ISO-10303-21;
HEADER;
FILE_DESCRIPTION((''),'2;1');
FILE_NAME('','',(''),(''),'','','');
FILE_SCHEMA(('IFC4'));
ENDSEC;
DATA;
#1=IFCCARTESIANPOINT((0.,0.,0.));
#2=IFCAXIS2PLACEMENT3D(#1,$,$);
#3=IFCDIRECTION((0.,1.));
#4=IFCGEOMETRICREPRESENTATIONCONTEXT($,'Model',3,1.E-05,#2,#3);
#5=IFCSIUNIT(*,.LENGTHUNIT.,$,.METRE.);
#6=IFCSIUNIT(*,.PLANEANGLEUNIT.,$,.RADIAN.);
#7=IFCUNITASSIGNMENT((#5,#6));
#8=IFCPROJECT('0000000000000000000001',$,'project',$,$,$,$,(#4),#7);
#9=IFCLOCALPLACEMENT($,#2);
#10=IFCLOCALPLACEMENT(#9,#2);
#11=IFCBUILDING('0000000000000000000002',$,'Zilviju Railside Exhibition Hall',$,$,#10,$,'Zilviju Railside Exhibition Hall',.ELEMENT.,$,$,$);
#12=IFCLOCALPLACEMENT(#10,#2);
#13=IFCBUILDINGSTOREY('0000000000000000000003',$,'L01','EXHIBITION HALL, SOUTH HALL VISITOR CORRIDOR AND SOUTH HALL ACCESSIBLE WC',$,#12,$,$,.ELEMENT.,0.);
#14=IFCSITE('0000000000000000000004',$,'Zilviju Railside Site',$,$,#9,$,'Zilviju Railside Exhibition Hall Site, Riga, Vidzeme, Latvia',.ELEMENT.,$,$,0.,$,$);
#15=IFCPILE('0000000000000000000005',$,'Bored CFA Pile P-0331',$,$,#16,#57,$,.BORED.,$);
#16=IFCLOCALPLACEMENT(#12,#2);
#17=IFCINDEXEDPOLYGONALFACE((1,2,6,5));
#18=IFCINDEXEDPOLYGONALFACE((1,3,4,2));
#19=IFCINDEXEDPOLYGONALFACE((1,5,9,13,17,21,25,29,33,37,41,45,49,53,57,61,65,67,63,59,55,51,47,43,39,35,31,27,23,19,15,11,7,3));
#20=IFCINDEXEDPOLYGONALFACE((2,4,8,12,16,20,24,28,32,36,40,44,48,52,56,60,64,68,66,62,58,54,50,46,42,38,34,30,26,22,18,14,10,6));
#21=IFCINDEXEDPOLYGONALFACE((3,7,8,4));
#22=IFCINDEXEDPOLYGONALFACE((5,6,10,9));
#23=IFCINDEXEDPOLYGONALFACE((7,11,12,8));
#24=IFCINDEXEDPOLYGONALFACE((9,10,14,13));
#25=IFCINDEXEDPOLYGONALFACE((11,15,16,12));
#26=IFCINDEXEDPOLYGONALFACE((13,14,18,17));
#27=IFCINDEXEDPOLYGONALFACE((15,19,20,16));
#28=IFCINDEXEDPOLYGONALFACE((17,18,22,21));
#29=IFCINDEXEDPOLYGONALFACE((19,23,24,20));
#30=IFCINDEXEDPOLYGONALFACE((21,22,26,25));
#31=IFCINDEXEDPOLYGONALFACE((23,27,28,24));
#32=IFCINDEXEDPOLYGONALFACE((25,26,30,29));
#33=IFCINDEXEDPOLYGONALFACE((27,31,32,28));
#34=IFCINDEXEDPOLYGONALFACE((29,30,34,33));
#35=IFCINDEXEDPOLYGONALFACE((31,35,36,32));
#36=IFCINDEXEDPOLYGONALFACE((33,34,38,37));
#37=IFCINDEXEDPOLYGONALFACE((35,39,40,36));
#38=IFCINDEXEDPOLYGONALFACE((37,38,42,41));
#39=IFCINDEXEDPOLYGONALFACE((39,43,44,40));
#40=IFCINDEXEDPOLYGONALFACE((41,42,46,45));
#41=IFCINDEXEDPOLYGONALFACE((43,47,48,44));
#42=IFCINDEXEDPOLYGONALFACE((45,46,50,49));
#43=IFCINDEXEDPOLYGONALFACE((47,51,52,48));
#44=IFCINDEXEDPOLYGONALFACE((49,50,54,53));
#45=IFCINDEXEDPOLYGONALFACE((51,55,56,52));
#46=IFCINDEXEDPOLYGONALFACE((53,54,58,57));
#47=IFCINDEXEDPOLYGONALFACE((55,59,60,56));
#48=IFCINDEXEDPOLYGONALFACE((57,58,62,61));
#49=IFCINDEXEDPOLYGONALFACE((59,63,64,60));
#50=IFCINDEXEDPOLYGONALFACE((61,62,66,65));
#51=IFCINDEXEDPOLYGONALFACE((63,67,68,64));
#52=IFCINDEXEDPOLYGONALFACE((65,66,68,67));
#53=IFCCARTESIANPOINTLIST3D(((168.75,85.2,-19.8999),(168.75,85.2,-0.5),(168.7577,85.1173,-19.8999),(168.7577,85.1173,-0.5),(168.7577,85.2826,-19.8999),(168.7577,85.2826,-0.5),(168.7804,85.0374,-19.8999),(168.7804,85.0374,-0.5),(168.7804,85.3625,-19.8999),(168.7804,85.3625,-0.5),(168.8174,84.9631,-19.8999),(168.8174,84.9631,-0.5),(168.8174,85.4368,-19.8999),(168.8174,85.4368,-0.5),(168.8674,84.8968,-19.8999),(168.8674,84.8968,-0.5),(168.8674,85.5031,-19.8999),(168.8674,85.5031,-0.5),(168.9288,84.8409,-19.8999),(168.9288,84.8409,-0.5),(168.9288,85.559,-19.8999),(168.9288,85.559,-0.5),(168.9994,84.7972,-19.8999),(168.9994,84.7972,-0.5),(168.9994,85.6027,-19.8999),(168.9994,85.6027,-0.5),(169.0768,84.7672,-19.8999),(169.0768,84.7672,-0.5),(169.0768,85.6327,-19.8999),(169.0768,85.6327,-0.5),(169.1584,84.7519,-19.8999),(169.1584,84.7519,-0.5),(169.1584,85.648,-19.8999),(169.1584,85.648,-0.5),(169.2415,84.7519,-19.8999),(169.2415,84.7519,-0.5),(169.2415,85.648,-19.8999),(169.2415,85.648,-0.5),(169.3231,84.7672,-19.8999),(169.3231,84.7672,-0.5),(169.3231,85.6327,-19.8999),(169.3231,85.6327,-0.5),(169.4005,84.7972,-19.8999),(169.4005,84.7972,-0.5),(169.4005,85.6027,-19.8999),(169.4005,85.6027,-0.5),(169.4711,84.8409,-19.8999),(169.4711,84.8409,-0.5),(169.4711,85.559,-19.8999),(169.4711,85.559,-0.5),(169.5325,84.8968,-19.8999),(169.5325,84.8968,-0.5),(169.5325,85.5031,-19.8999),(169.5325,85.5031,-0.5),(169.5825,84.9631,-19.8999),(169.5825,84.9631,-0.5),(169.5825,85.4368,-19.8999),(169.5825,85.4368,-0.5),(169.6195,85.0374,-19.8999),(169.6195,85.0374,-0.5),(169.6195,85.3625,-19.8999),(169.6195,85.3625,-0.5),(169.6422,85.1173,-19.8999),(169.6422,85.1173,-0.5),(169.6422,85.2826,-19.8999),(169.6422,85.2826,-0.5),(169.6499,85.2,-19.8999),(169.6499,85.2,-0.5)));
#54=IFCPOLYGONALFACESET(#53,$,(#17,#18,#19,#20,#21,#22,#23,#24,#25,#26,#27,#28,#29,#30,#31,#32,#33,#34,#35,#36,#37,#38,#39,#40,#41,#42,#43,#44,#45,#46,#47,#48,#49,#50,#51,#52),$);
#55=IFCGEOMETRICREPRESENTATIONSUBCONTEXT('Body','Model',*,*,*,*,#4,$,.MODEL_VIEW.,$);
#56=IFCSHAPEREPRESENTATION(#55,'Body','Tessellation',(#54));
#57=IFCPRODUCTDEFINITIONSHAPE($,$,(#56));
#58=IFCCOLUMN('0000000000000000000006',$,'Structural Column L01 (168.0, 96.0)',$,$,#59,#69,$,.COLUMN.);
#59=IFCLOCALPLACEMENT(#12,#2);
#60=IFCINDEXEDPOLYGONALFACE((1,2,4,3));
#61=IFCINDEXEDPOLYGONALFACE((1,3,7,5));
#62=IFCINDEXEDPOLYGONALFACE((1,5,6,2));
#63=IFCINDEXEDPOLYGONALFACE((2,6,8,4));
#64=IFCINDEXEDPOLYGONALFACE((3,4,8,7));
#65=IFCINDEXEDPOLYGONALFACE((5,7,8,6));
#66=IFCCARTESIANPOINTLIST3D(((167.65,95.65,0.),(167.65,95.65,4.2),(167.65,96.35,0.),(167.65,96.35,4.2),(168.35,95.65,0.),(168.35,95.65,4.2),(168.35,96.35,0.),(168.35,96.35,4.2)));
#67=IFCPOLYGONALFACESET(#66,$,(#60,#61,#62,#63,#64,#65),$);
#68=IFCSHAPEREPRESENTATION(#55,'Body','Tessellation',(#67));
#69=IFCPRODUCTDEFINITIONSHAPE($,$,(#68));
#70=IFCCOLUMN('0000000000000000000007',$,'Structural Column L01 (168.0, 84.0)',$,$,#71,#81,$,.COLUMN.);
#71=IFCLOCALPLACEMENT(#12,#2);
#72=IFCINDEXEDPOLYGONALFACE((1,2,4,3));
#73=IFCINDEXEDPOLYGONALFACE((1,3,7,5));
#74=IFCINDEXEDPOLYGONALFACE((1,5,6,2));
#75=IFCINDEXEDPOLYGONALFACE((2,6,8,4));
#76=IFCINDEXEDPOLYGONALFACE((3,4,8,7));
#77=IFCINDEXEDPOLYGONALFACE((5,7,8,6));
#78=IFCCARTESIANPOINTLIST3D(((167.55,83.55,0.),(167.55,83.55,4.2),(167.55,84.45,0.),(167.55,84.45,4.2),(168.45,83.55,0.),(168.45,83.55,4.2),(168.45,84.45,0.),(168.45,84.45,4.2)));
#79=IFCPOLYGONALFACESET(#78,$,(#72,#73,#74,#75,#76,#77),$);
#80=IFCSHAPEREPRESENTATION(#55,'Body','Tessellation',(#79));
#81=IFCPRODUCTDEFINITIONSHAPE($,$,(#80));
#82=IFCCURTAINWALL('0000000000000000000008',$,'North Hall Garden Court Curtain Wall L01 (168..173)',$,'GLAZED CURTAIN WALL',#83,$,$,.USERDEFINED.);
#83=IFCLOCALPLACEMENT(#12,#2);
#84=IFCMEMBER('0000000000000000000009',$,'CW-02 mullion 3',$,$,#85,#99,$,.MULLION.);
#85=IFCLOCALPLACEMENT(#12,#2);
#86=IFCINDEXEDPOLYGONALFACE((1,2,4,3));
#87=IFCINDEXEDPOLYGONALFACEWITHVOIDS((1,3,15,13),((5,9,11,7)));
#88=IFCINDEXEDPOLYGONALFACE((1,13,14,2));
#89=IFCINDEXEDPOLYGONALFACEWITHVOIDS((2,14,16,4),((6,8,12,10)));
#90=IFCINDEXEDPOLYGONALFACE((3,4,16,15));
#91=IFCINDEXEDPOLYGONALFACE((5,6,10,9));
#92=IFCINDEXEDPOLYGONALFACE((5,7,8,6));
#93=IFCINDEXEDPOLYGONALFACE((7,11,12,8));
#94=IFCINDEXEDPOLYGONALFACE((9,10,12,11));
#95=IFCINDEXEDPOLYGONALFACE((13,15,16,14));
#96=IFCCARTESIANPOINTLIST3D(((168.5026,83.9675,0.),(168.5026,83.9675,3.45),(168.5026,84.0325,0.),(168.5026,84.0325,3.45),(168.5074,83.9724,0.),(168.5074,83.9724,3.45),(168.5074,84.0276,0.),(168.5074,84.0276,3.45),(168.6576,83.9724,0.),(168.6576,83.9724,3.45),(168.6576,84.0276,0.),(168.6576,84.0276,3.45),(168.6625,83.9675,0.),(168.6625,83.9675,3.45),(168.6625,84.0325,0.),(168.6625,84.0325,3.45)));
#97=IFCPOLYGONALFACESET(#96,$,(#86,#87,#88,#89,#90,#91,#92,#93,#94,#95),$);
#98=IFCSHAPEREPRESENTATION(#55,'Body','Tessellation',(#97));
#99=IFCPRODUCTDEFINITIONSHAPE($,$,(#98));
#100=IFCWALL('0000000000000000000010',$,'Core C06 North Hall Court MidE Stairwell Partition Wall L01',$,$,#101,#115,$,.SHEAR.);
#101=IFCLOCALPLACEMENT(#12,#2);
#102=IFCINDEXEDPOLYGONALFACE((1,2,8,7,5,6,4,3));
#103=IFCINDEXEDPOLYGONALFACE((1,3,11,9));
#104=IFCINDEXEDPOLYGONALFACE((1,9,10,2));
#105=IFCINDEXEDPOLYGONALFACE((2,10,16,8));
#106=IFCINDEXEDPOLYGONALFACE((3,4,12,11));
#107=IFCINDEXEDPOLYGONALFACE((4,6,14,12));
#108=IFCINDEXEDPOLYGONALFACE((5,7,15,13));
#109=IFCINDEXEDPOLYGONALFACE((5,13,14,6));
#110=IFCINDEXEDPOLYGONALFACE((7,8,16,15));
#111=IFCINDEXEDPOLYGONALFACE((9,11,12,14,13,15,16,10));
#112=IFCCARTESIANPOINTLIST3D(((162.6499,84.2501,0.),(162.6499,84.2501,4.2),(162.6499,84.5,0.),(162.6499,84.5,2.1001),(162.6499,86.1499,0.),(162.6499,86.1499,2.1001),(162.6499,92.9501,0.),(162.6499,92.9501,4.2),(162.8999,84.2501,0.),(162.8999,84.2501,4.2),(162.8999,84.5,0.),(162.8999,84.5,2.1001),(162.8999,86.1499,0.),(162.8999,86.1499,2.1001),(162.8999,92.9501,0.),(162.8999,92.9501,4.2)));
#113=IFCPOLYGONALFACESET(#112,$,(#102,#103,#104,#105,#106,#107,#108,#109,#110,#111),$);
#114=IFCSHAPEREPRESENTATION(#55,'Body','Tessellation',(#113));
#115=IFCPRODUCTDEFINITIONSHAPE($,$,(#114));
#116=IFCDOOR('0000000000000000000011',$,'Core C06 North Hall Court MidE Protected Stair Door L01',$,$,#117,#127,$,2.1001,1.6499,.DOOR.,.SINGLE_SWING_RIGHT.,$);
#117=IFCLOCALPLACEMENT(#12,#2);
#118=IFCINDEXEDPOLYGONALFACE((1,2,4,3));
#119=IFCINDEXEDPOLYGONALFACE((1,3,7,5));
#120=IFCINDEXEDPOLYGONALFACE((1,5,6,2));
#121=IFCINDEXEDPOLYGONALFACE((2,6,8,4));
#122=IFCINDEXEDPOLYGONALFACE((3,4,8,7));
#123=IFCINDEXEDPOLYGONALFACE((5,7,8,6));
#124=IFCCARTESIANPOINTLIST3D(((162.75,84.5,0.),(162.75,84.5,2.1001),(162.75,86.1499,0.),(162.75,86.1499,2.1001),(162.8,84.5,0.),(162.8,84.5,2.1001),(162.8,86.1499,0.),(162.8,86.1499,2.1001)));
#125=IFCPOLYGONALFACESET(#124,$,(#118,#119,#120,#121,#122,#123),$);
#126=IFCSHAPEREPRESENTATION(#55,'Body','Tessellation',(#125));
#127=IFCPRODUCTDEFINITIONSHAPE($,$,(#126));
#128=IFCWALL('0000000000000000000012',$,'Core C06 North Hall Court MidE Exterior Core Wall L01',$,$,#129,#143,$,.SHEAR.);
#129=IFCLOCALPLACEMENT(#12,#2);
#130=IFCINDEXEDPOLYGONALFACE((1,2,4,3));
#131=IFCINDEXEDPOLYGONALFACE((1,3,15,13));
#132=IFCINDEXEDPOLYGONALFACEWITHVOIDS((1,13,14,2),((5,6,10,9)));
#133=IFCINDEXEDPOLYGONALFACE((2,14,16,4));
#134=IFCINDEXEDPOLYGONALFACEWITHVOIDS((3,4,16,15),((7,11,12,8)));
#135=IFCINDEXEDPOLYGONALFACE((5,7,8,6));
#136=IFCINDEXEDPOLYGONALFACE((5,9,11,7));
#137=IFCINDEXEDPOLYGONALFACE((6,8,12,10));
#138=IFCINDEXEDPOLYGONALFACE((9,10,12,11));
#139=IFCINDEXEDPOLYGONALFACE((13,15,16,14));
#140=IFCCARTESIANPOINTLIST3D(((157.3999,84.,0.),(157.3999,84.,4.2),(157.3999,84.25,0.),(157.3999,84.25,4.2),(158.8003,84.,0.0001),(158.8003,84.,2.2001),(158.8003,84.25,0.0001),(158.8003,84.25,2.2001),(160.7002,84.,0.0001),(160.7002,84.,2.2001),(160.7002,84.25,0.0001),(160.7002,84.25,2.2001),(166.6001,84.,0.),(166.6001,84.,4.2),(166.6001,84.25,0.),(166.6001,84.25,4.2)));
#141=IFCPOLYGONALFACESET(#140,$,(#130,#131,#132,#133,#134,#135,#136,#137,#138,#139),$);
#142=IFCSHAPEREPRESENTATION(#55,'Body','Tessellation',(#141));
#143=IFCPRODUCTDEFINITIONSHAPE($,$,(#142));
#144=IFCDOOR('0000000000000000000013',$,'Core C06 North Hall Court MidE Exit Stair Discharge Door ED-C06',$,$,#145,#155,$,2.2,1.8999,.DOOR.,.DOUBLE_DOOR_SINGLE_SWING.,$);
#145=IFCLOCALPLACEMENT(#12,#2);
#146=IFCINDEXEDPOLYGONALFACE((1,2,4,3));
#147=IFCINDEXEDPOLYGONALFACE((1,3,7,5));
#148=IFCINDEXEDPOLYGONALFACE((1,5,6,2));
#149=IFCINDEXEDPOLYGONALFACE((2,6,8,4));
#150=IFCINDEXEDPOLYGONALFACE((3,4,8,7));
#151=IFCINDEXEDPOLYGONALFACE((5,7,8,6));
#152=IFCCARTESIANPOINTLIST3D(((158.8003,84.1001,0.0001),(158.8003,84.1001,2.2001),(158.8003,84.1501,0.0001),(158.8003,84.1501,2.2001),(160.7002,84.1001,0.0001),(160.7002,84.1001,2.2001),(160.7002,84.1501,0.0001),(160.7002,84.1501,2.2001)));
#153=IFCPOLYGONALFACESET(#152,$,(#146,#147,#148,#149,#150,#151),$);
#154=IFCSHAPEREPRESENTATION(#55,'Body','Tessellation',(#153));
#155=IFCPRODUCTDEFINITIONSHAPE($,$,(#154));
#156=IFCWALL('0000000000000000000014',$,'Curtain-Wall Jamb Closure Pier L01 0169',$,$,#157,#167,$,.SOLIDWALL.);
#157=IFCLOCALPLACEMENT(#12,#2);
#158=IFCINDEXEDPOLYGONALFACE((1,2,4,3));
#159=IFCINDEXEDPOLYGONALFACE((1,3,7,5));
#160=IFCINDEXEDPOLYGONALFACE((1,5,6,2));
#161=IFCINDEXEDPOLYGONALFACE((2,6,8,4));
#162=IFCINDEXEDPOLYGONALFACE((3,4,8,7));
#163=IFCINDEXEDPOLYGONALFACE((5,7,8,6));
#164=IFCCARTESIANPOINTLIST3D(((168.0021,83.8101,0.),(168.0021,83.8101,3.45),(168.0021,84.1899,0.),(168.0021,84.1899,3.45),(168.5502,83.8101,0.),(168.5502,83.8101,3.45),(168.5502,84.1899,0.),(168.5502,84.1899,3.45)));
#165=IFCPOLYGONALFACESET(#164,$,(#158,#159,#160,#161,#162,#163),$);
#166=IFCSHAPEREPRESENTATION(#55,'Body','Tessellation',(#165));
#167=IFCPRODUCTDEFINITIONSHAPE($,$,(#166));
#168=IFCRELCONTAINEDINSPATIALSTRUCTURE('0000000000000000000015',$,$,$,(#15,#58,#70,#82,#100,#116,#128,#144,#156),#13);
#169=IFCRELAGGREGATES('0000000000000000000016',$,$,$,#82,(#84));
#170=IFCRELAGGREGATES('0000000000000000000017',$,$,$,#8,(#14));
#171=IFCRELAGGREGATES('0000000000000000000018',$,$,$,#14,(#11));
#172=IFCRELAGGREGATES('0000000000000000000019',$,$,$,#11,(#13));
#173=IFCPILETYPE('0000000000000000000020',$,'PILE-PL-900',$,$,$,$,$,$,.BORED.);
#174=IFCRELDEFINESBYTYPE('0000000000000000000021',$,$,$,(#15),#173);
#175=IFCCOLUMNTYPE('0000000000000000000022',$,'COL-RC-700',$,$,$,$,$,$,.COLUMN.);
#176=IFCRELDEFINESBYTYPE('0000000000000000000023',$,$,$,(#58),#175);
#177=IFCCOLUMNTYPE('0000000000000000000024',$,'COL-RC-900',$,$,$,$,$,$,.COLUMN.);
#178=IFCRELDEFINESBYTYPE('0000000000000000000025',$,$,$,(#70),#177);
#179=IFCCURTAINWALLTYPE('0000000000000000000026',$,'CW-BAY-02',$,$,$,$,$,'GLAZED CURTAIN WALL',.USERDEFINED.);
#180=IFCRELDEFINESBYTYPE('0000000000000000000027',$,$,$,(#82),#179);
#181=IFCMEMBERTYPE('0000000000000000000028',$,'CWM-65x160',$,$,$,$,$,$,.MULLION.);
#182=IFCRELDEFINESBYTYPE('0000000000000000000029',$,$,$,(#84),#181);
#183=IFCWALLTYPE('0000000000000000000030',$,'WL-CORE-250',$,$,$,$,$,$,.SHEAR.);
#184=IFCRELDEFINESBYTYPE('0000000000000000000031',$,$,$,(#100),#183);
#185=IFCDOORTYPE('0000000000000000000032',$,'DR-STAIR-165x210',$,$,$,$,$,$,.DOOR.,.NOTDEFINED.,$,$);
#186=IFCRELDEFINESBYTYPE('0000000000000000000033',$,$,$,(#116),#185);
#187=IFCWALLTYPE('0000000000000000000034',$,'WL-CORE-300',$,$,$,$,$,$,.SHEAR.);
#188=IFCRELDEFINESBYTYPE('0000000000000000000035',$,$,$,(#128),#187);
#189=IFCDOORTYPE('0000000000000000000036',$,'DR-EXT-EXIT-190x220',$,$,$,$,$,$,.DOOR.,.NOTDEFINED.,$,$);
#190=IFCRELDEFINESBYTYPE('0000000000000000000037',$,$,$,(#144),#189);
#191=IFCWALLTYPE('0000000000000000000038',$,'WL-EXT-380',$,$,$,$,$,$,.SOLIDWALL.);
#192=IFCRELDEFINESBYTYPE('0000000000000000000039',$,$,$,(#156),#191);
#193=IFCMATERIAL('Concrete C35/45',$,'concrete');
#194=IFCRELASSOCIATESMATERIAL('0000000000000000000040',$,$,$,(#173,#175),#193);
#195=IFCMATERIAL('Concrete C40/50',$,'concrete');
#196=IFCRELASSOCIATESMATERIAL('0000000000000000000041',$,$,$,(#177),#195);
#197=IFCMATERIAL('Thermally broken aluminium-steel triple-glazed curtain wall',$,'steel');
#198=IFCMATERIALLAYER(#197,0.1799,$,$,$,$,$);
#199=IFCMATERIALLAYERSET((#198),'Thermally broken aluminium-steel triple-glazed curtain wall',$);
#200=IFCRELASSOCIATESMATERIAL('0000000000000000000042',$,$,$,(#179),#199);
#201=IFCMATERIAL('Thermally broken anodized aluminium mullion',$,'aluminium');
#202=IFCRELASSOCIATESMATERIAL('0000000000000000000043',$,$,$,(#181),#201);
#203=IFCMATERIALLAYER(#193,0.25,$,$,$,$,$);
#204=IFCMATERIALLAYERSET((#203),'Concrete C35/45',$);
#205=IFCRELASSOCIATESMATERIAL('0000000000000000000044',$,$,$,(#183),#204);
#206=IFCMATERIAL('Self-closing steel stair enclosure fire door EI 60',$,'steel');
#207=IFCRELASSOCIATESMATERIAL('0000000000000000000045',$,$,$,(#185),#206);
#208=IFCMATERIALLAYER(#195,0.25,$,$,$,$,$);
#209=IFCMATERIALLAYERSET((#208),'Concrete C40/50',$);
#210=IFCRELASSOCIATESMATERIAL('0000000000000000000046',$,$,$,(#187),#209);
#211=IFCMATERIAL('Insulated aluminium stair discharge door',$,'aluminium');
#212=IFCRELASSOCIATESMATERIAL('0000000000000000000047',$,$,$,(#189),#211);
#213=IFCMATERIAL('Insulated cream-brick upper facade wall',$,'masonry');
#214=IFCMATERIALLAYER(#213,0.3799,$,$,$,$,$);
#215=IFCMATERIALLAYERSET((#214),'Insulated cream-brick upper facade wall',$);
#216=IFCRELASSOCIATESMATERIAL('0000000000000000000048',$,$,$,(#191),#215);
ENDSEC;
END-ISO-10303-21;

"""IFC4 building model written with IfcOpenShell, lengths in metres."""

from ifc_helpers import new_model, si_unit, direction, frame, frame_2d, origin, origin_2d, place, context, subcontext, project, spatial, rectangle, hollow_rectangle, circle, extrude, material, layer, layer_set, material_profile, profile_set, type_object, element, fill, aggregate, save


model = new_model("IFC4")

# Units and contexts
model_context = context("Model", 3, precision=1e-05, world=origin(), true_north=direction((0.0, 1.0)))
body_context = subcontext(model_context, "Body", "Model", "MODEL_VIEW")
ifc_project = project(units=[si_unit("LENGTHUNIT", "METRE"), si_unit("PLANEANGLEUNIT", "RADIAN")], contexts=[model_context])

# Site, building, storey
site_placement = place(None, origin())
site = spatial("IfcSite", under=ifc_project, at=site_placement, Name="Zilviju Railside Site", LongName="Zilviju Railside Exhibition Hall Site, Riga, Vidzeme, Latvia", CompositionType="ELEMENT", RefElevation=0.0)
building_placement = place(site_placement, origin())
building = spatial("IfcBuilding", under=site, at=building_placement, Name="Zilviju Railside Exhibition Hall", LongName="Zilviju Railside Exhibition Hall", CompositionType="ELEMENT")
storey_placement = place(building_placement, origin())
storey = spatial("IfcBuildingStorey", under=building, at=storey_placement, Name="L01", Description="EXHIBITION HALL, SOUTH HALL VISITOR CORRIDOR AND SOUTH HALL ACCESSIBLE WC", CompositionType="ELEMENT", Elevation=0.0)

# Shared definitions
ifc_material_1 = material(Name="Concrete C35/45", Category="concrete")

# Pile
ifc_material_profile_1 = material_profile(ifc_material_1, circle(Radius=0.45, at=origin_2d()), Name="CFA PILE D900")
ifc_profile_set_1 = profile_set([ifc_material_profile_1], Name="Concrete C35/45")
pile_type_1 = type_object("IfcPileType", Name="PILE-PL-900", PredefinedType="BORED", material=ifc_profile_set_1)
for number, where, z_axis, x_axis, name in (
    (1, (169.2, 85.2, -0.5), (0.0, 0.0, -1.0), (1.0, 0.0, 0.0), "Bored CFA Pile P-0331"),
):
    element("IfcPile", number, at=place(storey_placement, frame(where, z_axis=z_axis, x_axis=x_axis)), inside=storey, type_object=pile_type_1, Name=name, PredefinedType="BORED", context=body_context, shape_type="SweptSolid", body=[
        extrude(circle(Radius=0.45, at=origin_2d()), origin(), (0.0, 0.0, 1.0), 19.3999),
    ])

# Columns
ifc_material_profile_2 = material_profile(ifc_material_1, rectangle(XDim=0.7, YDim=0.7, at=origin_2d()), Name="RC COL 700x700")
ifc_profile_set_2 = profile_set([ifc_material_profile_2], Name="Concrete C35/45")
column_type_1 = type_object("IfcColumnType", Name="COL-RC-700", PredefinedType="COLUMN", material=ifc_profile_set_2)
column_1_placement = place(storey_placement, frame((168.0, 96.0, 0.0), z_axis=(0.0, 0.0, 1.0), x_axis=(1.0, 0.0, 0.0)))
element("IfcColumn", 2, at=column_1_placement, inside=storey, type_object=column_type_1, Name="Structural Column L01 (168.0, 96.0)", PredefinedType="COLUMN", context=body_context, shape_type="SweptSolid", body=[
    extrude(rectangle(XDim=0.7, YDim=0.7, at=origin_2d()), origin(), (0.0, 0.0, 1.0), 4.2),
])
ifc_material_2 = material(Name="Concrete C40/50", Category="concrete")
ifc_material_profile_3 = material_profile(ifc_material_2, rectangle(XDim=0.8999, YDim=0.8999, at=origin_2d()), Name="RC COL 900x900")
ifc_profile_set_3 = profile_set([ifc_material_profile_3], Name="Concrete C40/50")
column_type_2 = type_object("IfcColumnType", Name="COL-RC-900", PredefinedType="COLUMN", material=ifc_profile_set_3)
column_2_placement = place(storey_placement, frame((168.0, 84.0, 0.0), z_axis=(0.0, 0.0, 1.0), x_axis=(1.0, 0.0, 0.0)))
element("IfcColumn", 3, at=column_2_placement, inside=storey, type_object=column_type_2, Name="Structural Column L01 (168.0, 84.0)", PredefinedType="COLUMN", context=body_context, shape_type="SweptSolid", body=[
    extrude(rectangle(XDim=0.8999, YDim=0.8999, at=origin_2d()), origin(), (0.0, 0.0, 1.0), 4.2),
])

# Curtain wall, member
ifc_material_3 = material(Name="Thermally broken aluminium-steel triple-glazed curtain wall", Category="steel")
ifc_layer_1 = layer(ifc_material_3, 0.1799)
ifc_layer_set_1 = layer_set([ifc_layer_1], Name="Thermally broken aluminium-steel triple-glazed curtain wall")
curtain_wall_type = type_object("IfcCurtainWallType", Name="CW-BAY-02", ElementType="GLAZED CURTAIN WALL", PredefinedType="USERDEFINED", material=ifc_layer_set_1)
curtain_wall_placement = place(storey_placement, origin())
curtain_wall = element("IfcCurtainWall", 4, at=curtain_wall_placement, inside=storey, type_object=curtain_wall_type, Name="North Hall Garden Court Curtain Wall L01 (168..173)", ObjectType="GLAZED CURTAIN WALL", PredefinedType="USERDEFINED")
ifc_material_4 = material(Name="Thermally broken anodized aluminium mullion", Category="aluminium")
ifc_material_profile_4 = material_profile(ifc_material_4, hollow_rectangle(XDim=0.0649, YDim=0.1599, WallThickness=0.0049, at=origin_2d()), Name="MULLION 160x65x5")
ifc_profile_set_4 = profile_set([ifc_material_profile_4], Name="Thermally broken anodized aluminium mullion")
member_type = type_object("IfcMemberType", Name="CWM-65x160", PredefinedType="MULLION", material=ifc_profile_set_4)
member_placement = place(storey_placement, frame((168.5825, 84.0, 0.0), z_axis=(0.0, 0.0, 1.0), x_axis=(0.0, -1.0, 0.0)))
member = element("IfcMember", 5, at=member_placement, type_object=member_type, Name="CW-02 mullion 3", PredefinedType="MULLION", context=body_context, shape_type="SweptSolid", body=[
    extrude(hollow_rectangle(XDim=0.0649, YDim=0.1599, WallThickness=0.0049, at=origin_2d()), origin(), (0.0, 0.0, 1.0), 3.45),
])
aggregate(curtain_wall, [member])

# Walls, openings, doors
ifc_layer_2 = layer(ifc_material_1, 0.25)
ifc_layer_set_2 = layer_set([ifc_layer_2], Name="Concrete C35/45")
wall_type_1 = type_object("IfcWallType", Name="WL-CORE-250", PredefinedType="SHEAR", material=ifc_layer_set_2)
wall_1_placement = place(storey_placement, frame((162.7749, 84.25, 0.0), z_axis=(0.0, 0.0, 1.0), x_axis=(0.0, 1.0, 0.0)))
wall_1 = element("IfcWall", 6, at=wall_1_placement, inside=storey, type_object=wall_type_1, Name="Core C06 North Hall Court MidE Stairwell Partition Wall L01", PredefinedType="SHEAR", context=body_context, shape_type="SweptSolid", body=[
    extrude(rectangle(XDim=8.7, YDim=0.25, at=frame_2d((4.3501, 0.0))), origin(), (0.0, 0.0, 1.0), 4.2),
])
opening_1_placement = place(wall_1_placement, frame((0.25, 0.0, 0.0)))
opening_1 = element("IfcOpeningElement", 7, at=opening_1_placement, cuts=wall_1, PredefinedType="OPENING", context=body_context, shape_type="SweptSolid", body=[
    extrude(rectangle(XDim=1.6499, YDim=2.1001, at=frame_2d((0.825, 1.05))), frame((0.0, 0.135, 0.0), z_axis=(0.0, -1.0, 0.0), x_axis=(1.0, 0.0, 0.0)), (0.0, 0.0, 1.0), 0.27),
])
ifc_material_5 = material(Name="Self-closing steel stair enclosure fire door EI 60", Category="steel")
door_type_1 = type_object("IfcDoorType", Name="DR-STAIR-165x210", OperationType="NOTDEFINED", PredefinedType="DOOR", material=ifc_material_5)
door_1_placement = place(opening_1_placement, origin())
door_1 = element("IfcDoor", 8, at=door_1_placement, inside=storey, type_object=door_type_1, Name="Core C06 North Hall Court MidE Protected Stair Door L01", OperationType="SINGLE_SWING_RIGHT", OverallHeight=2.1001, OverallWidth=1.6499, PredefinedType="DOOR", context=body_context, shape_type="SweptSolid", body=[
    extrude(rectangle(XDim=1.6499, YDim=2.1001, at=frame_2d((0.825, 1.05))), frame((0.0, 0.0249, 0.0), z_axis=(0.0, -1.0, 0.0), x_axis=(1.0, 0.0, 0.0)), (0.0, 0.0, 1.0), 0.05),
])
fill(opening_1, door_1)
ifc_layer_3 = layer(ifc_material_2, 0.25)
ifc_layer_set_3 = layer_set([ifc_layer_3], Name="Concrete C40/50")
wall_type_2 = type_object("IfcWallType", Name="WL-CORE-300", PredefinedType="SHEAR", material=ifc_layer_set_3)
wall_2_placement = place(storey_placement, frame((166.6001, 84.125, 0.0), z_axis=(0.0, 0.0, 1.0), x_axis=(-1.0, 0.0, 0.0)))
wall_2 = element("IfcWall", 9, at=wall_2_placement, inside=storey, type_object=wall_type_2, Name="Core C06 North Hall Court MidE Exterior Core Wall L01", PredefinedType="SHEAR", context=body_context, shape_type="SweptSolid", body=[
    extrude(rectangle(XDim=9.2002, YDim=0.25, at=frame_2d((4.6001, 0.0))), origin(), (0.0, 0.0, 1.0), 4.2),
])
opening_2_placement = place(wall_2_placement, frame((5.8999, 0.0, 0.0)))
opening_2 = element("IfcOpeningElement", 10, at=opening_2_placement, cuts=wall_2, PredefinedType="OPENING", context=body_context, shape_type="SweptSolid", body=[
    extrude(rectangle(XDim=1.8999, YDim=2.2, at=frame_2d((0.95, 1.1001))), frame((0.0, 0.135, 0.0), z_axis=(0.0, -1.0, 0.0), x_axis=(1.0, 0.0, 0.0)), (0.0, 0.0, 1.0), 0.27),
])
ifc_material_6 = material(Name="Insulated aluminium stair discharge door", Category="aluminium")
door_type_2 = type_object("IfcDoorType", Name="DR-EXT-EXIT-190x220", OperationType="NOTDEFINED", PredefinedType="DOOR", material=ifc_material_6)
door_2_placement = place(opening_2_placement, origin())
door_2 = element("IfcDoor", 11, at=door_2_placement, inside=storey, type_object=door_type_2, Name="Core C06 North Hall Court MidE Exit Stair Discharge Door ED-C06", OperationType="DOUBLE_DOOR_SINGLE_SWING", OverallHeight=2.2, OverallWidth=1.8999, PredefinedType="DOOR", context=body_context, shape_type="SweptSolid", body=[
    extrude(rectangle(XDim=1.8999, YDim=2.2, at=frame_2d((0.95, 1.1001))), frame((0.0, 0.0249, 0.0), z_axis=(0.0, -1.0, 0.0), x_axis=(1.0, 0.0, 0.0)), (0.0, 0.0, 1.0), 0.05),
])
fill(opening_2, door_2)

# Wall
ifc_material_7 = material(Name="Insulated cream-brick upper facade wall", Category="masonry")
ifc_layer_4 = layer(ifc_material_7, 0.3799)
ifc_layer_set_4 = layer_set([ifc_layer_4], Name="Insulated cream-brick upper facade wall")
wall_type_3 = type_object("IfcWallType", Name="WL-EXT-380", PredefinedType="SOLIDWALL", material=ifc_layer_set_4)
wall_3_placement = place(storey_placement, frame((168.55, 84.0, 0.0), z_axis=(0.0, 0.0, 1.0), x_axis=(-1.0, 0.0, 0.0)))
element("IfcWall", 12, at=wall_3_placement, inside=storey, type_object=wall_type_3, Name="Curtain-Wall Jamb Closure Pier L01 0169", PredefinedType="SOLIDWALL", context=body_context, shape_type="SweptSolid", body=[
    extrude(rectangle(XDim=0.5481, YDim=0.3799, at=frame_2d((0.2739, 0.0))), origin(), (0.0, 0.0, 1.0), 3.45),
])

save(model, "model.ifc")
